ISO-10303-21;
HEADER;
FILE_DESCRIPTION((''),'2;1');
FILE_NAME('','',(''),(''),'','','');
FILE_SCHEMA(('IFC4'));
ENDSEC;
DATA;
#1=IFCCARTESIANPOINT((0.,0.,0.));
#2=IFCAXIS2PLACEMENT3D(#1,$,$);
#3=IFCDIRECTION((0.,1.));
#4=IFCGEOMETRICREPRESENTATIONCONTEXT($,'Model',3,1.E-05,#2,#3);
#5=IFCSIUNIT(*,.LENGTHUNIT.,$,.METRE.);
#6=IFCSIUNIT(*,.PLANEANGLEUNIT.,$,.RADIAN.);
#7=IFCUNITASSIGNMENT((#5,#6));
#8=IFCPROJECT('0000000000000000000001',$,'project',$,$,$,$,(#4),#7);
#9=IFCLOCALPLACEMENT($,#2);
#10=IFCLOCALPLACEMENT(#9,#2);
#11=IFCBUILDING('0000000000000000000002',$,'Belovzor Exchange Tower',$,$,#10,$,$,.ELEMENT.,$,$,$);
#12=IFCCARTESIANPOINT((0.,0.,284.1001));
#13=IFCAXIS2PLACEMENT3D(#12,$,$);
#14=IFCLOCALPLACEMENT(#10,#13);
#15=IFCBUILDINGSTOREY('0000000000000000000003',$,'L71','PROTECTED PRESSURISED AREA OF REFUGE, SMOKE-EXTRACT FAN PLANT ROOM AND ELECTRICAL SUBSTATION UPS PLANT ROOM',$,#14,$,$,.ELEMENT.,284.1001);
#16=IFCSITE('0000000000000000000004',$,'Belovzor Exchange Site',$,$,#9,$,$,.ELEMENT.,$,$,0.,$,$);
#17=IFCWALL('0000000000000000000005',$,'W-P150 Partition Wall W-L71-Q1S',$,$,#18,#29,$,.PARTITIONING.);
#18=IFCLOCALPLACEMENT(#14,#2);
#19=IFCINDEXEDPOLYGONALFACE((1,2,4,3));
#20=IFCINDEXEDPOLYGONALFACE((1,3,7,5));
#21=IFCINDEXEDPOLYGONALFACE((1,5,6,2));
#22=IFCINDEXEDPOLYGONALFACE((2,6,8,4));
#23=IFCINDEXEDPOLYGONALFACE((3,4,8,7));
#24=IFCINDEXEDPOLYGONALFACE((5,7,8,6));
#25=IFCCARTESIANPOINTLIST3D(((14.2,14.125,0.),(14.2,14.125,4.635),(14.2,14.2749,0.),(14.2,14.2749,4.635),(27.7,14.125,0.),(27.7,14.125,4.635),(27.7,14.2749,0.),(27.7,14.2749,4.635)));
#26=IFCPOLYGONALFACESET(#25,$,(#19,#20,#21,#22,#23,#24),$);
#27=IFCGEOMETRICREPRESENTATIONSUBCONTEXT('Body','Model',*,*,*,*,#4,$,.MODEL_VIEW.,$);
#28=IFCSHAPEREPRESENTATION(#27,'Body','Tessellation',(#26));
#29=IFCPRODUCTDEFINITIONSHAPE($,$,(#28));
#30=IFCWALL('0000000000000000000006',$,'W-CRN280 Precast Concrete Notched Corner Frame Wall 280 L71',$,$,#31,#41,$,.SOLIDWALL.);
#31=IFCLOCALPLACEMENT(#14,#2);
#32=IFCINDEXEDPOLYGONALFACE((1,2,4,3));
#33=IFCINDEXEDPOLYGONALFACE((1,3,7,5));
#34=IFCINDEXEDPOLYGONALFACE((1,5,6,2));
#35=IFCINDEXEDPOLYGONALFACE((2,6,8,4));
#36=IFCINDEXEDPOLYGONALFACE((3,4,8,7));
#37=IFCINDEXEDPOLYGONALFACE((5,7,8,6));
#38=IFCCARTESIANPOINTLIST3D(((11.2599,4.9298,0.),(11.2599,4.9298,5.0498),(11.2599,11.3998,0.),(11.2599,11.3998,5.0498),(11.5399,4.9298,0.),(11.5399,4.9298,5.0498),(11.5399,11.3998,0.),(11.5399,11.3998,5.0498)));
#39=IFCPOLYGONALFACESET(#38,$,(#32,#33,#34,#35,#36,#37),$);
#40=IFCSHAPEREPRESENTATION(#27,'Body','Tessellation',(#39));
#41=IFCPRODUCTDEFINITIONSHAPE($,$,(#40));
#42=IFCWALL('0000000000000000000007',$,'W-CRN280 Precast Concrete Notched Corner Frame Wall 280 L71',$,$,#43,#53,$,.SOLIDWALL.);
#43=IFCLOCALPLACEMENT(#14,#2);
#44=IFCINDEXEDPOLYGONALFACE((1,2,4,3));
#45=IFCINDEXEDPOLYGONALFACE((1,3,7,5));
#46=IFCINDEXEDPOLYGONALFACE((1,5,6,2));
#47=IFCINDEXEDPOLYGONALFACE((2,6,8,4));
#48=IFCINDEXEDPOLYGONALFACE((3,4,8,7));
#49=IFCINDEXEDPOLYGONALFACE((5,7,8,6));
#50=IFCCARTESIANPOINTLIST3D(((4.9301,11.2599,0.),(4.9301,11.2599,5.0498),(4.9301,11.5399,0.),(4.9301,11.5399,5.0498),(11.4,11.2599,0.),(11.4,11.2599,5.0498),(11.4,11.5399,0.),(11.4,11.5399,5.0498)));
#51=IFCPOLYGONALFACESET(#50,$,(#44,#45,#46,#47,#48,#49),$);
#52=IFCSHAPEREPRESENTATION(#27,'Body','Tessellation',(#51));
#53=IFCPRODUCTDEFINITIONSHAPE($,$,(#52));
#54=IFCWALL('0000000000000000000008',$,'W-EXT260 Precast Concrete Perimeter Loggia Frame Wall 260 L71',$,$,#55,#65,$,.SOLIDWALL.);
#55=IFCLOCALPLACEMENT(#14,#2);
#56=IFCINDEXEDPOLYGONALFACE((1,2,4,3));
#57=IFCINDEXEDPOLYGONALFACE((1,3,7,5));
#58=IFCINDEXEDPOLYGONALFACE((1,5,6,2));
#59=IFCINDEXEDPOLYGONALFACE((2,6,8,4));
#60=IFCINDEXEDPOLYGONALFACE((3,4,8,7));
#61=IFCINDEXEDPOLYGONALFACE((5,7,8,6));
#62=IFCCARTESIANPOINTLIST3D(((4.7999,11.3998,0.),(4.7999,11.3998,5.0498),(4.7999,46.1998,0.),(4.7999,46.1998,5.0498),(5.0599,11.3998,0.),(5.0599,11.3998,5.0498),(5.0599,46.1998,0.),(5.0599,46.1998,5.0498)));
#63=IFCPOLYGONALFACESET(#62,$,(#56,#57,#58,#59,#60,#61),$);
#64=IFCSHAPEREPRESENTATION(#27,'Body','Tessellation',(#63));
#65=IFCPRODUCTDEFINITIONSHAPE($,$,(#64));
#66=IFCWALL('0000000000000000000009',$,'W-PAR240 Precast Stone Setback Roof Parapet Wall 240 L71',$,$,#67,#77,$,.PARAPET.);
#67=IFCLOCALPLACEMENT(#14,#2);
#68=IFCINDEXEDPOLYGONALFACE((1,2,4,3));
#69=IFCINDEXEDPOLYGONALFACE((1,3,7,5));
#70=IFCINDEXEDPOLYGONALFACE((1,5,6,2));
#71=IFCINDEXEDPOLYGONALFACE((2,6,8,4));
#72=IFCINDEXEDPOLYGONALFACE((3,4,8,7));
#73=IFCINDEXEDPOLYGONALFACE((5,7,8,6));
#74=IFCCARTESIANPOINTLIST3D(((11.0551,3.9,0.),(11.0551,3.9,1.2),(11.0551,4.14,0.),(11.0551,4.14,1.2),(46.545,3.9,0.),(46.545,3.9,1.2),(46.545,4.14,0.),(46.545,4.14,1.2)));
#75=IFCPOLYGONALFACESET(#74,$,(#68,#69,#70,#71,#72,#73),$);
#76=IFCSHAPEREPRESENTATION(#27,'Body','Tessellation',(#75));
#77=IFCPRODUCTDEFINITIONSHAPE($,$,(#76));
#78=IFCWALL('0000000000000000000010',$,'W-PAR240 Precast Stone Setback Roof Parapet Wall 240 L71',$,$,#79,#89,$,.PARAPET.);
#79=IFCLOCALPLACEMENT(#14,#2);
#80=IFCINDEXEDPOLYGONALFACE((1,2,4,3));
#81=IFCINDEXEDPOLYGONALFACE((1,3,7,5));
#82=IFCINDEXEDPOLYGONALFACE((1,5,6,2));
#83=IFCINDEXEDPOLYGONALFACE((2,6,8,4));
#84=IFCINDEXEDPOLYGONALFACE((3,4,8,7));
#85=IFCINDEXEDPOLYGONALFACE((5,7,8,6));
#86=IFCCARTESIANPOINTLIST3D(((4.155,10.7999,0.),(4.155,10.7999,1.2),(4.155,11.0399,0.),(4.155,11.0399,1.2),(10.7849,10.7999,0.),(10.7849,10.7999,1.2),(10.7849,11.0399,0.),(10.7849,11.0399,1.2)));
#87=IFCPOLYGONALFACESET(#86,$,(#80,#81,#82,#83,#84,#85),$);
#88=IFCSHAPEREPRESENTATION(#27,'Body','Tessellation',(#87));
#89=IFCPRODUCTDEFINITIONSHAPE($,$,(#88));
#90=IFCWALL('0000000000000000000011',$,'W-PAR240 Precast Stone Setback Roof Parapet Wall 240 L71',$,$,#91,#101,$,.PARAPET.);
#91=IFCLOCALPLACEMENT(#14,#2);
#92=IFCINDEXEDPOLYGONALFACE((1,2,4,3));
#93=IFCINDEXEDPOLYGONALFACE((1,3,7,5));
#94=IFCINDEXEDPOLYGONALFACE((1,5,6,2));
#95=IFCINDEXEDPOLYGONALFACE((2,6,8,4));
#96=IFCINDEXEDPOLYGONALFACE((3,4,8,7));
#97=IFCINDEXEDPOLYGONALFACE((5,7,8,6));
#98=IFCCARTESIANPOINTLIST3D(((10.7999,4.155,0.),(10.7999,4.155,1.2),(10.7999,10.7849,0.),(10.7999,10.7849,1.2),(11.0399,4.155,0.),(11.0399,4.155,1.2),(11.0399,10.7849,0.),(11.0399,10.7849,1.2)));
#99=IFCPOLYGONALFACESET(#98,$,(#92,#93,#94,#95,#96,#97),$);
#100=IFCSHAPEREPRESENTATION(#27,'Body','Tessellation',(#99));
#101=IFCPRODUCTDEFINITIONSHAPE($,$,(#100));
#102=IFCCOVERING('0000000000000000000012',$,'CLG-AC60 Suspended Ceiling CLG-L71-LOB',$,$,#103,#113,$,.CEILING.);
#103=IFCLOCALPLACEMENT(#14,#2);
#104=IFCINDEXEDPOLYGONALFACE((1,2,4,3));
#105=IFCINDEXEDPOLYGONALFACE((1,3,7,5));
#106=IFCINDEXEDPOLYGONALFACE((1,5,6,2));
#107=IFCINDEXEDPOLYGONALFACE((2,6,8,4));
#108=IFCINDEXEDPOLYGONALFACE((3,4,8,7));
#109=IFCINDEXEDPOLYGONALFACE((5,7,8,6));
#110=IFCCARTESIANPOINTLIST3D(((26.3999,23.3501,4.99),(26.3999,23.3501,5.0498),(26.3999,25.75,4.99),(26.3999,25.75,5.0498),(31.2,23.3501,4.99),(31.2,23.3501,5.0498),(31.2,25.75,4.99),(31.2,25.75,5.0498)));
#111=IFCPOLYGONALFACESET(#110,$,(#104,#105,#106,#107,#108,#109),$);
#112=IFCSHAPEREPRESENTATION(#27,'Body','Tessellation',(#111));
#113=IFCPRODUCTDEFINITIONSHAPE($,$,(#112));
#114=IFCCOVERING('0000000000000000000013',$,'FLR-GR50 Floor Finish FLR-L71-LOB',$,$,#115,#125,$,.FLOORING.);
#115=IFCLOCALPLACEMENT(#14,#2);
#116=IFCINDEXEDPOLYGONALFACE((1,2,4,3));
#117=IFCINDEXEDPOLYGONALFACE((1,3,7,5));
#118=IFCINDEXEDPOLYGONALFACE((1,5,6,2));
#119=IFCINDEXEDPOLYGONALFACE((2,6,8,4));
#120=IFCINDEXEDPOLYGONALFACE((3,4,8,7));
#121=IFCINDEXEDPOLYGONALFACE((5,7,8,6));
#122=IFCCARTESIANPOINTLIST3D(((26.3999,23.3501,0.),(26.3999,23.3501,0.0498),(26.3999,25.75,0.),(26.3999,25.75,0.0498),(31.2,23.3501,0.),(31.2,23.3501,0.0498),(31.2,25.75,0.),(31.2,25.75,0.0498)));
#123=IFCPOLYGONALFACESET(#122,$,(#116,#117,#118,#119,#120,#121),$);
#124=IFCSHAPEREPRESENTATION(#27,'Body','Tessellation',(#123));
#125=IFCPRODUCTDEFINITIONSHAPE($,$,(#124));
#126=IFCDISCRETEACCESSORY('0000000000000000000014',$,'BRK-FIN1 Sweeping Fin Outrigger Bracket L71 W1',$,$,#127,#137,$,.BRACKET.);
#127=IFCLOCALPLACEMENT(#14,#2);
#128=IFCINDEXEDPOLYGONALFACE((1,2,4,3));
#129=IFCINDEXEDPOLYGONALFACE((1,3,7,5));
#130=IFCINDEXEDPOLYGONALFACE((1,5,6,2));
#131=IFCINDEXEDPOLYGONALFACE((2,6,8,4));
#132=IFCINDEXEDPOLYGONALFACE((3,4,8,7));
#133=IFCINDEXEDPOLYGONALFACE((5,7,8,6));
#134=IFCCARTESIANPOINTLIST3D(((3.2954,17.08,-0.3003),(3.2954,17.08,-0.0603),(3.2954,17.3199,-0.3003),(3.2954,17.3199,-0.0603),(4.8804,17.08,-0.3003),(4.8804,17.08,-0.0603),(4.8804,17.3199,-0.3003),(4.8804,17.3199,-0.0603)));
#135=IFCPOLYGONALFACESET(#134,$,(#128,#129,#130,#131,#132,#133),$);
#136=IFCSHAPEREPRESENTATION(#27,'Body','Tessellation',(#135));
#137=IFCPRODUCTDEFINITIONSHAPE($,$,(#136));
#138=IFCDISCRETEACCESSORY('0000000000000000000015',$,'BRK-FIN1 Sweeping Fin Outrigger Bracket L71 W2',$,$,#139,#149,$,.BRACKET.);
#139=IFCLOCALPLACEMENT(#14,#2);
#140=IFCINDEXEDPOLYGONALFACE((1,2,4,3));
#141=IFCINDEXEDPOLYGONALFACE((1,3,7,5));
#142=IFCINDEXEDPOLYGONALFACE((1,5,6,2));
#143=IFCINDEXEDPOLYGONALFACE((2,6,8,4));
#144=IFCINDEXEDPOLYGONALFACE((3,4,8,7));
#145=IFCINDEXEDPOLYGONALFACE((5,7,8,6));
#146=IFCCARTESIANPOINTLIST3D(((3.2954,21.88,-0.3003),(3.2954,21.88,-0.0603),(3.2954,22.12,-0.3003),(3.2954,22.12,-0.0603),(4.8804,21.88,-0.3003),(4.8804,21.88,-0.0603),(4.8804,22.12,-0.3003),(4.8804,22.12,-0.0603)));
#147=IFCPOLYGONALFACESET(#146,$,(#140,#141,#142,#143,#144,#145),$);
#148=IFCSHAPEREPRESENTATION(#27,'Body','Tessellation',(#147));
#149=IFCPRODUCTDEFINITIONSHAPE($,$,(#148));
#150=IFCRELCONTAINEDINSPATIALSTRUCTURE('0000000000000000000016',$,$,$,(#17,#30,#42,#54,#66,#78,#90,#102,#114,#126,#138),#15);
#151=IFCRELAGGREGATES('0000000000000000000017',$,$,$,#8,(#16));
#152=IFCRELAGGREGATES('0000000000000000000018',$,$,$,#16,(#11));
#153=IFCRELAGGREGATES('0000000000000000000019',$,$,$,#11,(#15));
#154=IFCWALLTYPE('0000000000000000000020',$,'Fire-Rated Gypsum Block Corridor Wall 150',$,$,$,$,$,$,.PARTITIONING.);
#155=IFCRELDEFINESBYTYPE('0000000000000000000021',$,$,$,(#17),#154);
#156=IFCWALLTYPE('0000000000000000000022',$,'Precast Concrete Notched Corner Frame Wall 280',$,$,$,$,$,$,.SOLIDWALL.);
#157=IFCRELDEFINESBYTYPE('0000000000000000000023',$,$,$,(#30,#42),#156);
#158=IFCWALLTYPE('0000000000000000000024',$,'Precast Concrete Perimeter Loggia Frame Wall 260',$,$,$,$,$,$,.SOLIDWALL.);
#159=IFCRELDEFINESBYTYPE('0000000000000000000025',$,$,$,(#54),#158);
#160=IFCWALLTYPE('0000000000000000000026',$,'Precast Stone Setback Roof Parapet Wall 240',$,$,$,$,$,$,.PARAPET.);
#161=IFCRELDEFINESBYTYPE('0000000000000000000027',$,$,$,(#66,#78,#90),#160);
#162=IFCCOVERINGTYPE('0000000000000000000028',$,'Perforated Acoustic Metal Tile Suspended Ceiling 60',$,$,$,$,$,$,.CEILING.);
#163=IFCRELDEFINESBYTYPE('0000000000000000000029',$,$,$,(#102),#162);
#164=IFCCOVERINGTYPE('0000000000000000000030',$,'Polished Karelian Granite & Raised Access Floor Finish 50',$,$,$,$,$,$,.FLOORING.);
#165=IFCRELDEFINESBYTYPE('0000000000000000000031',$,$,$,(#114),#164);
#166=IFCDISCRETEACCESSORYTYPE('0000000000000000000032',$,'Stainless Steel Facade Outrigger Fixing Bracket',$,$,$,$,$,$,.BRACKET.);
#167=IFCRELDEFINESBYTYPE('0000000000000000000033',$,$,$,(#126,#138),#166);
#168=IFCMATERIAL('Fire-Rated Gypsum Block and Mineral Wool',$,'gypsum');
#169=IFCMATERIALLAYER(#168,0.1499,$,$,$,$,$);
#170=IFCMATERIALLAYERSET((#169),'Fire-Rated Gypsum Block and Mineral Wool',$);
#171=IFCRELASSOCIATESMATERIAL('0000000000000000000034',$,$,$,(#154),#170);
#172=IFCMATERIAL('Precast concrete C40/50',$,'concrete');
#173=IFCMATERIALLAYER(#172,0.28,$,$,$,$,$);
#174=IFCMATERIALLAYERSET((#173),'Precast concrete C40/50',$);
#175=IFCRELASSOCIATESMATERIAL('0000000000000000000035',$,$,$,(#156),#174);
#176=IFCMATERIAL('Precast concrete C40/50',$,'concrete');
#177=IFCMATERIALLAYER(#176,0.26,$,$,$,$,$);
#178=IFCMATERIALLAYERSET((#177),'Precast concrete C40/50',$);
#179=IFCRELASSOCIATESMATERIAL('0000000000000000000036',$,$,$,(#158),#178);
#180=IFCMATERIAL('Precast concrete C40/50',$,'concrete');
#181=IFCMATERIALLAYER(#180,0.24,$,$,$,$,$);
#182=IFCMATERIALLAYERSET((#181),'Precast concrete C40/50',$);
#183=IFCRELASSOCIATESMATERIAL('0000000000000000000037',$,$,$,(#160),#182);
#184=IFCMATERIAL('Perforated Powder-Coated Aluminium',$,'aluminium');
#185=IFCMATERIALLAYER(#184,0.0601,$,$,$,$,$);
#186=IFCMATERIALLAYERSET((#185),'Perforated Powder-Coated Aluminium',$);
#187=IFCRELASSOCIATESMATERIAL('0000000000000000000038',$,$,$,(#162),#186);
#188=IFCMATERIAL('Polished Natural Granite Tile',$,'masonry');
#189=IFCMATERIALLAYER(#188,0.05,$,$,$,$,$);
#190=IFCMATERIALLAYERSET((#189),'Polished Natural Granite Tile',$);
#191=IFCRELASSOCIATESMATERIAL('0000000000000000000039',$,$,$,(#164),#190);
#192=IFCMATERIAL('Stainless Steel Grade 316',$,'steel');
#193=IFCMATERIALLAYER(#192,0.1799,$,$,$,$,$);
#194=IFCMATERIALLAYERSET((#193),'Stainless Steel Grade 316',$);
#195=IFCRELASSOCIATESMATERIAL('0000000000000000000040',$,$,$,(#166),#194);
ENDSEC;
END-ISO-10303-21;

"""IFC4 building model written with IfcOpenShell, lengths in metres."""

from ifc_helpers import new_model, si_unit, direction, frame, frame_2d, origin, origin_2d, place, context, subcontext, project, spatial, polyline, rectangle, outline, extrude, material, layer, layer_set, type_object, element, save


model = new_model("IFC4")

# Units and contexts
model_context = context("Model", 3, precision=1e-05, world=origin(), true_north=direction((0.0, 1.0)))
body_context = subcontext(model_context, "Body", "Model", "MODEL_VIEW")
ifc_project = project(units=[si_unit("LENGTHUNIT", "METRE"), si_unit("PLANEANGLEUNIT", "RADIAN")], contexts=[model_context])

# Site, building, storey
site_placement = place(None, origin())
site = spatial("IfcSite", under=ifc_project, at=site_placement, Name="Belovzor Exchange Site", CompositionType="ELEMENT", RefElevation=0.0)
building_placement = place(site_placement, origin())
building = spatial("IfcBuilding", under=site, at=building_placement, Name="Belovzor Exchange Tower", CompositionType="ELEMENT")
storey_placement = place(building_placement, frame((0.0, 0.0, 284.1001)))
storey = spatial("IfcBuildingStorey", under=building, at=storey_placement, Name="L71", Description="PROTECTED PRESSURISED AREA OF REFUGE, SMOKE-EXTRACT FAN PLANT ROOM AND ELECTRICAL SUBSTATION UPS PLANT ROOM", CompositionType="ELEMENT", Elevation=284.1001)

# Walls
ifc_material_1 = material(Name="Fire-Rated Gypsum Block and Mineral Wool", Category="gypsum")
ifc_layer_1 = layer(ifc_material_1, 0.1499)
ifc_layer_set_1 = layer_set([ifc_layer_1], Name="Fire-Rated Gypsum Block and Mineral Wool")
wall_type_1 = type_object("IfcWallType", Name="Fire-Rated Gypsum Block Corridor Wall 150", PredefinedType="PARTITIONING", material=ifc_layer_set_1)
wall_1_placement = place(storey_placement, frame((14.2, 14.2, 0.0), z_axis=(0.0, 0.0, 1.0), x_axis=(1.0, 0.0, 0.0)))
element("IfcWall", 1, at=wall_1_placement, inside=storey, type_object=wall_type_1, Name="W-P150 Partition Wall W-L71-Q1S", PredefinedType="PARTITIONING", context=body_context, shape_type="SweptSolid", body=[
    extrude(rectangle(XDim=13.5, YDim=0.1499, at=frame_2d((6.75, 0.0))), origin(), (0.0, 0.0, 1.0), 4.635),
])
ifc_material_2 = material(Name="Precast concrete C40/50", Category="concrete")
ifc_layer_2 = layer(ifc_material_2, 0.28)
ifc_layer_set_2 = layer_set([ifc_layer_2], Name="Precast concrete C40/50")
wall_type_2 = type_object("IfcWallType", Name="Precast Concrete Notched Corner Frame Wall 280", PredefinedType="SOLIDWALL", material=ifc_layer_set_2)
for number, where, z_axis, x_axis, name in (
    (2, (11.3999, 4.9299, 0.0), (0.0, 0.0, 1.0), (0.0, 1.0, 0.0), "W-CRN280 Precast Concrete Notched Corner Frame Wall 280 L71"),
    (3, (11.3999, 11.3999, 0.0), (0.0, 0.0, 1.0), (-1.0, 0.0, 0.0), "W-CRN280 Precast Concrete Notched Corner Frame Wall 280 L71"),
):
    element("IfcWall", number, at=place(storey_placement, frame(where, z_axis=z_axis, x_axis=x_axis)), inside=storey, type_object=wall_type_2, Name=name, PredefinedType="SOLIDWALL", context=body_context, shape_type="SweptSolid", body=[
        extrude(rectangle(XDim=6.47, YDim=0.28, at=frame_2d((3.2349, 0.0))), origin(), (0.0, 0.0, 1.0), 5.0498),
    ])
ifc_material_3 = material(Name="Precast concrete C40/50", Category="concrete")
ifc_layer_3 = layer(ifc_material_3, 0.26)
ifc_layer_set_3 = layer_set([ifc_layer_3], Name="Precast concrete C40/50")
wall_type_3 = type_object("IfcWallType", Name="Precast Concrete Perimeter Loggia Frame Wall 260", PredefinedType="SOLIDWALL", material=ifc_layer_set_3)
wall_2_placement = place(storey_placement, frame((4.9299, 11.3999, 0.0), z_axis=(0.0, 0.0, 1.0), x_axis=(0.0, 1.0, 0.0)))
element("IfcWall", 4, at=wall_2_placement, inside=storey, type_object=wall_type_3, Name="W-EXT260 Precast Concrete Perimeter Loggia Frame Wall 260 L71", PredefinedType="SOLIDWALL", context=body_context, shape_type="SweptSolid", body=[
    extrude(rectangle(XDim=34.8, YDim=0.26, at=frame_2d((17.3999, 0.0))), origin(), (0.0, 0.0, 1.0), 5.0498),
])
ifc_material_4 = material(Name="Precast concrete C40/50", Category="concrete")
ifc_layer_4 = layer(ifc_material_4, 0.24)
ifc_layer_set_4 = layer_set([ifc_layer_4], Name="Precast concrete C40/50")
wall_type_4 = type_object("IfcWallType", Name="Precast Stone Setback Roof Parapet Wall 240", PredefinedType="PARAPET", material=ifc_layer_set_4)
wall_3_placement = place(storey_placement, frame((11.0549, 4.02, 0.0), z_axis=(0.0, 0.0, 1.0), x_axis=(1.0, 0.0, 0.0)))
element("IfcWall", 5, at=wall_3_placement, inside=storey, type_object=wall_type_4, Name="W-PAR240 Precast Stone Setback Roof Parapet Wall 240 L71", PredefinedType="PARAPET", context=body_context, shape_type="SweptSolid", body=[
    extrude(rectangle(XDim=35.49, YDim=0.24, at=frame_2d((17.7451, 0.0))), origin(), (0.0, 0.0, 1.0), 1.2),
])
for number, where, z_axis, x_axis, name in (
    (6, (4.155, 10.9199, 0.0), (0.0, 0.0, 1.0), (1.0, 0.0, 0.0), "W-PAR240 Precast Stone Setback Roof Parapet Wall 240 L71"),
    (7, (10.9199, 10.7849, 0.0), (0.0, 0.0, 1.0), (0.0, -1.0, 0.0), "W-PAR240 Precast Stone Setback Roof Parapet Wall 240 L71"),
):
    element("IfcWall", number, at=place(storey_placement, frame(where, z_axis=z_axis, x_axis=x_axis)), inside=storey, type_object=wall_type_4, Name=name, PredefinedType="PARAPET", context=body_context, shape_type="SweptSolid", body=[
        extrude(rectangle(XDim=6.6299, YDim=0.24, at=frame_2d((3.3149, 0.0))), origin(), (0.0, 0.0, 1.0), 1.2),
    ])

# Coverings
ifc_material_5 = material(Name="Perforated Powder-Coated Aluminium", Category="aluminium")
ifc_layer_5 = layer(ifc_material_5, 0.0601)
ifc_layer_set_5 = layer_set([ifc_layer_5], Name="Perforated Powder-Coated Aluminium")
covering_type_1 = type_object("IfcCoveringType", Name="Perforated Acoustic Metal Tile Suspended Ceiling 60", PredefinedType="CEILING", material=ifc_layer_set_5)
covering_1_placement = place(storey_placement, frame((0.0, 0.0, 4.99)))
element("IfcCovering", 8, at=covering_1_placement, inside=storey, type_object=covering_type_1, Name="CLG-AC60 Suspended Ceiling CLG-L71-LOB", PredefinedType="CEILING", context=body_context, shape_type="SweptSolid", body=[
    extrude(outline(polyline([(26.3999, 23.3501), (31.2, 23.3501), (31.2, 25.75), (26.3999, 25.75), (26.3999, 23.3501)])), origin(), (0.0, 0.0, 1.0), 0.0598),
])
ifc_material_6 = material(Name="Polished Natural Granite Tile", Category="masonry")
ifc_layer_6 = layer(ifc_material_6, 0.05)
ifc_layer_set_6 = layer_set([ifc_layer_6], Name="Polished Natural Granite Tile")
covering_type_2 = type_object("IfcCoveringType", Name="Polished Karelian Granite & Raised Access Floor Finish 50", PredefinedType="FLOORING", material=ifc_layer_set_6)
covering_2_placement = place(storey_placement, origin())
element("IfcCovering", 9, at=covering_2_placement, inside=storey, type_object=covering_type_2, Name="FLR-GR50 Floor Finish FLR-L71-LOB", PredefinedType="FLOORING", context=body_context, shape_type="SweptSolid", body=[
    extrude(outline(polyline([(26.3999, 23.3501), (31.2, 23.3501), (31.2, 25.75), (26.3999, 25.75), (26.3999, 23.3501)])), origin(), (0.0, 0.0, 1.0), 0.0498),
])

# Discrete accessories
ifc_material_7 = material(Name="Stainless Steel Grade 316", Category="steel")
ifc_layer_7 = layer(ifc_material_7, 0.1799)
ifc_layer_set_7 = layer_set([ifc_layer_7], Name="Stainless Steel Grade 316")
discrete_accessory_type = type_object("IfcDiscreteAccessoryType", Name="Stainless Steel Facade Outrigger Fixing Bracket", PredefinedType="BRACKET", material=ifc_layer_set_7)
for number, where, z_axis, x_axis, name in (
    (10, (4.0879, 17.2, -0.3003), (0.0, 0.0, 1.0), (1.0, 0.0, 0.0), "BRK-FIN1 Sweeping Fin Outrigger Bracket L71 W1"),
    (11, (4.0879, 22.0, -0.3003), (0.0, 0.0, 1.0), (1.0, 0.0, 0.0), "BRK-FIN1 Sweeping Fin Outrigger Bracket L71 W2"),
):
    element("IfcDiscreteAccessory", number, at=place(storey_placement, frame(where, z_axis=z_axis, x_axis=x_axis)), inside=storey, type_object=discrete_accessory_type, Name=name, PredefinedType="BRACKET", context=body_context, shape_type="SweptSolid", body=[
        extrude(rectangle(XDim=1.585, YDim=0.24, at=origin_2d()), origin(), (0.0, 0.0, 1.0), 0.24),
    ])

save(model, "model.ifc")
